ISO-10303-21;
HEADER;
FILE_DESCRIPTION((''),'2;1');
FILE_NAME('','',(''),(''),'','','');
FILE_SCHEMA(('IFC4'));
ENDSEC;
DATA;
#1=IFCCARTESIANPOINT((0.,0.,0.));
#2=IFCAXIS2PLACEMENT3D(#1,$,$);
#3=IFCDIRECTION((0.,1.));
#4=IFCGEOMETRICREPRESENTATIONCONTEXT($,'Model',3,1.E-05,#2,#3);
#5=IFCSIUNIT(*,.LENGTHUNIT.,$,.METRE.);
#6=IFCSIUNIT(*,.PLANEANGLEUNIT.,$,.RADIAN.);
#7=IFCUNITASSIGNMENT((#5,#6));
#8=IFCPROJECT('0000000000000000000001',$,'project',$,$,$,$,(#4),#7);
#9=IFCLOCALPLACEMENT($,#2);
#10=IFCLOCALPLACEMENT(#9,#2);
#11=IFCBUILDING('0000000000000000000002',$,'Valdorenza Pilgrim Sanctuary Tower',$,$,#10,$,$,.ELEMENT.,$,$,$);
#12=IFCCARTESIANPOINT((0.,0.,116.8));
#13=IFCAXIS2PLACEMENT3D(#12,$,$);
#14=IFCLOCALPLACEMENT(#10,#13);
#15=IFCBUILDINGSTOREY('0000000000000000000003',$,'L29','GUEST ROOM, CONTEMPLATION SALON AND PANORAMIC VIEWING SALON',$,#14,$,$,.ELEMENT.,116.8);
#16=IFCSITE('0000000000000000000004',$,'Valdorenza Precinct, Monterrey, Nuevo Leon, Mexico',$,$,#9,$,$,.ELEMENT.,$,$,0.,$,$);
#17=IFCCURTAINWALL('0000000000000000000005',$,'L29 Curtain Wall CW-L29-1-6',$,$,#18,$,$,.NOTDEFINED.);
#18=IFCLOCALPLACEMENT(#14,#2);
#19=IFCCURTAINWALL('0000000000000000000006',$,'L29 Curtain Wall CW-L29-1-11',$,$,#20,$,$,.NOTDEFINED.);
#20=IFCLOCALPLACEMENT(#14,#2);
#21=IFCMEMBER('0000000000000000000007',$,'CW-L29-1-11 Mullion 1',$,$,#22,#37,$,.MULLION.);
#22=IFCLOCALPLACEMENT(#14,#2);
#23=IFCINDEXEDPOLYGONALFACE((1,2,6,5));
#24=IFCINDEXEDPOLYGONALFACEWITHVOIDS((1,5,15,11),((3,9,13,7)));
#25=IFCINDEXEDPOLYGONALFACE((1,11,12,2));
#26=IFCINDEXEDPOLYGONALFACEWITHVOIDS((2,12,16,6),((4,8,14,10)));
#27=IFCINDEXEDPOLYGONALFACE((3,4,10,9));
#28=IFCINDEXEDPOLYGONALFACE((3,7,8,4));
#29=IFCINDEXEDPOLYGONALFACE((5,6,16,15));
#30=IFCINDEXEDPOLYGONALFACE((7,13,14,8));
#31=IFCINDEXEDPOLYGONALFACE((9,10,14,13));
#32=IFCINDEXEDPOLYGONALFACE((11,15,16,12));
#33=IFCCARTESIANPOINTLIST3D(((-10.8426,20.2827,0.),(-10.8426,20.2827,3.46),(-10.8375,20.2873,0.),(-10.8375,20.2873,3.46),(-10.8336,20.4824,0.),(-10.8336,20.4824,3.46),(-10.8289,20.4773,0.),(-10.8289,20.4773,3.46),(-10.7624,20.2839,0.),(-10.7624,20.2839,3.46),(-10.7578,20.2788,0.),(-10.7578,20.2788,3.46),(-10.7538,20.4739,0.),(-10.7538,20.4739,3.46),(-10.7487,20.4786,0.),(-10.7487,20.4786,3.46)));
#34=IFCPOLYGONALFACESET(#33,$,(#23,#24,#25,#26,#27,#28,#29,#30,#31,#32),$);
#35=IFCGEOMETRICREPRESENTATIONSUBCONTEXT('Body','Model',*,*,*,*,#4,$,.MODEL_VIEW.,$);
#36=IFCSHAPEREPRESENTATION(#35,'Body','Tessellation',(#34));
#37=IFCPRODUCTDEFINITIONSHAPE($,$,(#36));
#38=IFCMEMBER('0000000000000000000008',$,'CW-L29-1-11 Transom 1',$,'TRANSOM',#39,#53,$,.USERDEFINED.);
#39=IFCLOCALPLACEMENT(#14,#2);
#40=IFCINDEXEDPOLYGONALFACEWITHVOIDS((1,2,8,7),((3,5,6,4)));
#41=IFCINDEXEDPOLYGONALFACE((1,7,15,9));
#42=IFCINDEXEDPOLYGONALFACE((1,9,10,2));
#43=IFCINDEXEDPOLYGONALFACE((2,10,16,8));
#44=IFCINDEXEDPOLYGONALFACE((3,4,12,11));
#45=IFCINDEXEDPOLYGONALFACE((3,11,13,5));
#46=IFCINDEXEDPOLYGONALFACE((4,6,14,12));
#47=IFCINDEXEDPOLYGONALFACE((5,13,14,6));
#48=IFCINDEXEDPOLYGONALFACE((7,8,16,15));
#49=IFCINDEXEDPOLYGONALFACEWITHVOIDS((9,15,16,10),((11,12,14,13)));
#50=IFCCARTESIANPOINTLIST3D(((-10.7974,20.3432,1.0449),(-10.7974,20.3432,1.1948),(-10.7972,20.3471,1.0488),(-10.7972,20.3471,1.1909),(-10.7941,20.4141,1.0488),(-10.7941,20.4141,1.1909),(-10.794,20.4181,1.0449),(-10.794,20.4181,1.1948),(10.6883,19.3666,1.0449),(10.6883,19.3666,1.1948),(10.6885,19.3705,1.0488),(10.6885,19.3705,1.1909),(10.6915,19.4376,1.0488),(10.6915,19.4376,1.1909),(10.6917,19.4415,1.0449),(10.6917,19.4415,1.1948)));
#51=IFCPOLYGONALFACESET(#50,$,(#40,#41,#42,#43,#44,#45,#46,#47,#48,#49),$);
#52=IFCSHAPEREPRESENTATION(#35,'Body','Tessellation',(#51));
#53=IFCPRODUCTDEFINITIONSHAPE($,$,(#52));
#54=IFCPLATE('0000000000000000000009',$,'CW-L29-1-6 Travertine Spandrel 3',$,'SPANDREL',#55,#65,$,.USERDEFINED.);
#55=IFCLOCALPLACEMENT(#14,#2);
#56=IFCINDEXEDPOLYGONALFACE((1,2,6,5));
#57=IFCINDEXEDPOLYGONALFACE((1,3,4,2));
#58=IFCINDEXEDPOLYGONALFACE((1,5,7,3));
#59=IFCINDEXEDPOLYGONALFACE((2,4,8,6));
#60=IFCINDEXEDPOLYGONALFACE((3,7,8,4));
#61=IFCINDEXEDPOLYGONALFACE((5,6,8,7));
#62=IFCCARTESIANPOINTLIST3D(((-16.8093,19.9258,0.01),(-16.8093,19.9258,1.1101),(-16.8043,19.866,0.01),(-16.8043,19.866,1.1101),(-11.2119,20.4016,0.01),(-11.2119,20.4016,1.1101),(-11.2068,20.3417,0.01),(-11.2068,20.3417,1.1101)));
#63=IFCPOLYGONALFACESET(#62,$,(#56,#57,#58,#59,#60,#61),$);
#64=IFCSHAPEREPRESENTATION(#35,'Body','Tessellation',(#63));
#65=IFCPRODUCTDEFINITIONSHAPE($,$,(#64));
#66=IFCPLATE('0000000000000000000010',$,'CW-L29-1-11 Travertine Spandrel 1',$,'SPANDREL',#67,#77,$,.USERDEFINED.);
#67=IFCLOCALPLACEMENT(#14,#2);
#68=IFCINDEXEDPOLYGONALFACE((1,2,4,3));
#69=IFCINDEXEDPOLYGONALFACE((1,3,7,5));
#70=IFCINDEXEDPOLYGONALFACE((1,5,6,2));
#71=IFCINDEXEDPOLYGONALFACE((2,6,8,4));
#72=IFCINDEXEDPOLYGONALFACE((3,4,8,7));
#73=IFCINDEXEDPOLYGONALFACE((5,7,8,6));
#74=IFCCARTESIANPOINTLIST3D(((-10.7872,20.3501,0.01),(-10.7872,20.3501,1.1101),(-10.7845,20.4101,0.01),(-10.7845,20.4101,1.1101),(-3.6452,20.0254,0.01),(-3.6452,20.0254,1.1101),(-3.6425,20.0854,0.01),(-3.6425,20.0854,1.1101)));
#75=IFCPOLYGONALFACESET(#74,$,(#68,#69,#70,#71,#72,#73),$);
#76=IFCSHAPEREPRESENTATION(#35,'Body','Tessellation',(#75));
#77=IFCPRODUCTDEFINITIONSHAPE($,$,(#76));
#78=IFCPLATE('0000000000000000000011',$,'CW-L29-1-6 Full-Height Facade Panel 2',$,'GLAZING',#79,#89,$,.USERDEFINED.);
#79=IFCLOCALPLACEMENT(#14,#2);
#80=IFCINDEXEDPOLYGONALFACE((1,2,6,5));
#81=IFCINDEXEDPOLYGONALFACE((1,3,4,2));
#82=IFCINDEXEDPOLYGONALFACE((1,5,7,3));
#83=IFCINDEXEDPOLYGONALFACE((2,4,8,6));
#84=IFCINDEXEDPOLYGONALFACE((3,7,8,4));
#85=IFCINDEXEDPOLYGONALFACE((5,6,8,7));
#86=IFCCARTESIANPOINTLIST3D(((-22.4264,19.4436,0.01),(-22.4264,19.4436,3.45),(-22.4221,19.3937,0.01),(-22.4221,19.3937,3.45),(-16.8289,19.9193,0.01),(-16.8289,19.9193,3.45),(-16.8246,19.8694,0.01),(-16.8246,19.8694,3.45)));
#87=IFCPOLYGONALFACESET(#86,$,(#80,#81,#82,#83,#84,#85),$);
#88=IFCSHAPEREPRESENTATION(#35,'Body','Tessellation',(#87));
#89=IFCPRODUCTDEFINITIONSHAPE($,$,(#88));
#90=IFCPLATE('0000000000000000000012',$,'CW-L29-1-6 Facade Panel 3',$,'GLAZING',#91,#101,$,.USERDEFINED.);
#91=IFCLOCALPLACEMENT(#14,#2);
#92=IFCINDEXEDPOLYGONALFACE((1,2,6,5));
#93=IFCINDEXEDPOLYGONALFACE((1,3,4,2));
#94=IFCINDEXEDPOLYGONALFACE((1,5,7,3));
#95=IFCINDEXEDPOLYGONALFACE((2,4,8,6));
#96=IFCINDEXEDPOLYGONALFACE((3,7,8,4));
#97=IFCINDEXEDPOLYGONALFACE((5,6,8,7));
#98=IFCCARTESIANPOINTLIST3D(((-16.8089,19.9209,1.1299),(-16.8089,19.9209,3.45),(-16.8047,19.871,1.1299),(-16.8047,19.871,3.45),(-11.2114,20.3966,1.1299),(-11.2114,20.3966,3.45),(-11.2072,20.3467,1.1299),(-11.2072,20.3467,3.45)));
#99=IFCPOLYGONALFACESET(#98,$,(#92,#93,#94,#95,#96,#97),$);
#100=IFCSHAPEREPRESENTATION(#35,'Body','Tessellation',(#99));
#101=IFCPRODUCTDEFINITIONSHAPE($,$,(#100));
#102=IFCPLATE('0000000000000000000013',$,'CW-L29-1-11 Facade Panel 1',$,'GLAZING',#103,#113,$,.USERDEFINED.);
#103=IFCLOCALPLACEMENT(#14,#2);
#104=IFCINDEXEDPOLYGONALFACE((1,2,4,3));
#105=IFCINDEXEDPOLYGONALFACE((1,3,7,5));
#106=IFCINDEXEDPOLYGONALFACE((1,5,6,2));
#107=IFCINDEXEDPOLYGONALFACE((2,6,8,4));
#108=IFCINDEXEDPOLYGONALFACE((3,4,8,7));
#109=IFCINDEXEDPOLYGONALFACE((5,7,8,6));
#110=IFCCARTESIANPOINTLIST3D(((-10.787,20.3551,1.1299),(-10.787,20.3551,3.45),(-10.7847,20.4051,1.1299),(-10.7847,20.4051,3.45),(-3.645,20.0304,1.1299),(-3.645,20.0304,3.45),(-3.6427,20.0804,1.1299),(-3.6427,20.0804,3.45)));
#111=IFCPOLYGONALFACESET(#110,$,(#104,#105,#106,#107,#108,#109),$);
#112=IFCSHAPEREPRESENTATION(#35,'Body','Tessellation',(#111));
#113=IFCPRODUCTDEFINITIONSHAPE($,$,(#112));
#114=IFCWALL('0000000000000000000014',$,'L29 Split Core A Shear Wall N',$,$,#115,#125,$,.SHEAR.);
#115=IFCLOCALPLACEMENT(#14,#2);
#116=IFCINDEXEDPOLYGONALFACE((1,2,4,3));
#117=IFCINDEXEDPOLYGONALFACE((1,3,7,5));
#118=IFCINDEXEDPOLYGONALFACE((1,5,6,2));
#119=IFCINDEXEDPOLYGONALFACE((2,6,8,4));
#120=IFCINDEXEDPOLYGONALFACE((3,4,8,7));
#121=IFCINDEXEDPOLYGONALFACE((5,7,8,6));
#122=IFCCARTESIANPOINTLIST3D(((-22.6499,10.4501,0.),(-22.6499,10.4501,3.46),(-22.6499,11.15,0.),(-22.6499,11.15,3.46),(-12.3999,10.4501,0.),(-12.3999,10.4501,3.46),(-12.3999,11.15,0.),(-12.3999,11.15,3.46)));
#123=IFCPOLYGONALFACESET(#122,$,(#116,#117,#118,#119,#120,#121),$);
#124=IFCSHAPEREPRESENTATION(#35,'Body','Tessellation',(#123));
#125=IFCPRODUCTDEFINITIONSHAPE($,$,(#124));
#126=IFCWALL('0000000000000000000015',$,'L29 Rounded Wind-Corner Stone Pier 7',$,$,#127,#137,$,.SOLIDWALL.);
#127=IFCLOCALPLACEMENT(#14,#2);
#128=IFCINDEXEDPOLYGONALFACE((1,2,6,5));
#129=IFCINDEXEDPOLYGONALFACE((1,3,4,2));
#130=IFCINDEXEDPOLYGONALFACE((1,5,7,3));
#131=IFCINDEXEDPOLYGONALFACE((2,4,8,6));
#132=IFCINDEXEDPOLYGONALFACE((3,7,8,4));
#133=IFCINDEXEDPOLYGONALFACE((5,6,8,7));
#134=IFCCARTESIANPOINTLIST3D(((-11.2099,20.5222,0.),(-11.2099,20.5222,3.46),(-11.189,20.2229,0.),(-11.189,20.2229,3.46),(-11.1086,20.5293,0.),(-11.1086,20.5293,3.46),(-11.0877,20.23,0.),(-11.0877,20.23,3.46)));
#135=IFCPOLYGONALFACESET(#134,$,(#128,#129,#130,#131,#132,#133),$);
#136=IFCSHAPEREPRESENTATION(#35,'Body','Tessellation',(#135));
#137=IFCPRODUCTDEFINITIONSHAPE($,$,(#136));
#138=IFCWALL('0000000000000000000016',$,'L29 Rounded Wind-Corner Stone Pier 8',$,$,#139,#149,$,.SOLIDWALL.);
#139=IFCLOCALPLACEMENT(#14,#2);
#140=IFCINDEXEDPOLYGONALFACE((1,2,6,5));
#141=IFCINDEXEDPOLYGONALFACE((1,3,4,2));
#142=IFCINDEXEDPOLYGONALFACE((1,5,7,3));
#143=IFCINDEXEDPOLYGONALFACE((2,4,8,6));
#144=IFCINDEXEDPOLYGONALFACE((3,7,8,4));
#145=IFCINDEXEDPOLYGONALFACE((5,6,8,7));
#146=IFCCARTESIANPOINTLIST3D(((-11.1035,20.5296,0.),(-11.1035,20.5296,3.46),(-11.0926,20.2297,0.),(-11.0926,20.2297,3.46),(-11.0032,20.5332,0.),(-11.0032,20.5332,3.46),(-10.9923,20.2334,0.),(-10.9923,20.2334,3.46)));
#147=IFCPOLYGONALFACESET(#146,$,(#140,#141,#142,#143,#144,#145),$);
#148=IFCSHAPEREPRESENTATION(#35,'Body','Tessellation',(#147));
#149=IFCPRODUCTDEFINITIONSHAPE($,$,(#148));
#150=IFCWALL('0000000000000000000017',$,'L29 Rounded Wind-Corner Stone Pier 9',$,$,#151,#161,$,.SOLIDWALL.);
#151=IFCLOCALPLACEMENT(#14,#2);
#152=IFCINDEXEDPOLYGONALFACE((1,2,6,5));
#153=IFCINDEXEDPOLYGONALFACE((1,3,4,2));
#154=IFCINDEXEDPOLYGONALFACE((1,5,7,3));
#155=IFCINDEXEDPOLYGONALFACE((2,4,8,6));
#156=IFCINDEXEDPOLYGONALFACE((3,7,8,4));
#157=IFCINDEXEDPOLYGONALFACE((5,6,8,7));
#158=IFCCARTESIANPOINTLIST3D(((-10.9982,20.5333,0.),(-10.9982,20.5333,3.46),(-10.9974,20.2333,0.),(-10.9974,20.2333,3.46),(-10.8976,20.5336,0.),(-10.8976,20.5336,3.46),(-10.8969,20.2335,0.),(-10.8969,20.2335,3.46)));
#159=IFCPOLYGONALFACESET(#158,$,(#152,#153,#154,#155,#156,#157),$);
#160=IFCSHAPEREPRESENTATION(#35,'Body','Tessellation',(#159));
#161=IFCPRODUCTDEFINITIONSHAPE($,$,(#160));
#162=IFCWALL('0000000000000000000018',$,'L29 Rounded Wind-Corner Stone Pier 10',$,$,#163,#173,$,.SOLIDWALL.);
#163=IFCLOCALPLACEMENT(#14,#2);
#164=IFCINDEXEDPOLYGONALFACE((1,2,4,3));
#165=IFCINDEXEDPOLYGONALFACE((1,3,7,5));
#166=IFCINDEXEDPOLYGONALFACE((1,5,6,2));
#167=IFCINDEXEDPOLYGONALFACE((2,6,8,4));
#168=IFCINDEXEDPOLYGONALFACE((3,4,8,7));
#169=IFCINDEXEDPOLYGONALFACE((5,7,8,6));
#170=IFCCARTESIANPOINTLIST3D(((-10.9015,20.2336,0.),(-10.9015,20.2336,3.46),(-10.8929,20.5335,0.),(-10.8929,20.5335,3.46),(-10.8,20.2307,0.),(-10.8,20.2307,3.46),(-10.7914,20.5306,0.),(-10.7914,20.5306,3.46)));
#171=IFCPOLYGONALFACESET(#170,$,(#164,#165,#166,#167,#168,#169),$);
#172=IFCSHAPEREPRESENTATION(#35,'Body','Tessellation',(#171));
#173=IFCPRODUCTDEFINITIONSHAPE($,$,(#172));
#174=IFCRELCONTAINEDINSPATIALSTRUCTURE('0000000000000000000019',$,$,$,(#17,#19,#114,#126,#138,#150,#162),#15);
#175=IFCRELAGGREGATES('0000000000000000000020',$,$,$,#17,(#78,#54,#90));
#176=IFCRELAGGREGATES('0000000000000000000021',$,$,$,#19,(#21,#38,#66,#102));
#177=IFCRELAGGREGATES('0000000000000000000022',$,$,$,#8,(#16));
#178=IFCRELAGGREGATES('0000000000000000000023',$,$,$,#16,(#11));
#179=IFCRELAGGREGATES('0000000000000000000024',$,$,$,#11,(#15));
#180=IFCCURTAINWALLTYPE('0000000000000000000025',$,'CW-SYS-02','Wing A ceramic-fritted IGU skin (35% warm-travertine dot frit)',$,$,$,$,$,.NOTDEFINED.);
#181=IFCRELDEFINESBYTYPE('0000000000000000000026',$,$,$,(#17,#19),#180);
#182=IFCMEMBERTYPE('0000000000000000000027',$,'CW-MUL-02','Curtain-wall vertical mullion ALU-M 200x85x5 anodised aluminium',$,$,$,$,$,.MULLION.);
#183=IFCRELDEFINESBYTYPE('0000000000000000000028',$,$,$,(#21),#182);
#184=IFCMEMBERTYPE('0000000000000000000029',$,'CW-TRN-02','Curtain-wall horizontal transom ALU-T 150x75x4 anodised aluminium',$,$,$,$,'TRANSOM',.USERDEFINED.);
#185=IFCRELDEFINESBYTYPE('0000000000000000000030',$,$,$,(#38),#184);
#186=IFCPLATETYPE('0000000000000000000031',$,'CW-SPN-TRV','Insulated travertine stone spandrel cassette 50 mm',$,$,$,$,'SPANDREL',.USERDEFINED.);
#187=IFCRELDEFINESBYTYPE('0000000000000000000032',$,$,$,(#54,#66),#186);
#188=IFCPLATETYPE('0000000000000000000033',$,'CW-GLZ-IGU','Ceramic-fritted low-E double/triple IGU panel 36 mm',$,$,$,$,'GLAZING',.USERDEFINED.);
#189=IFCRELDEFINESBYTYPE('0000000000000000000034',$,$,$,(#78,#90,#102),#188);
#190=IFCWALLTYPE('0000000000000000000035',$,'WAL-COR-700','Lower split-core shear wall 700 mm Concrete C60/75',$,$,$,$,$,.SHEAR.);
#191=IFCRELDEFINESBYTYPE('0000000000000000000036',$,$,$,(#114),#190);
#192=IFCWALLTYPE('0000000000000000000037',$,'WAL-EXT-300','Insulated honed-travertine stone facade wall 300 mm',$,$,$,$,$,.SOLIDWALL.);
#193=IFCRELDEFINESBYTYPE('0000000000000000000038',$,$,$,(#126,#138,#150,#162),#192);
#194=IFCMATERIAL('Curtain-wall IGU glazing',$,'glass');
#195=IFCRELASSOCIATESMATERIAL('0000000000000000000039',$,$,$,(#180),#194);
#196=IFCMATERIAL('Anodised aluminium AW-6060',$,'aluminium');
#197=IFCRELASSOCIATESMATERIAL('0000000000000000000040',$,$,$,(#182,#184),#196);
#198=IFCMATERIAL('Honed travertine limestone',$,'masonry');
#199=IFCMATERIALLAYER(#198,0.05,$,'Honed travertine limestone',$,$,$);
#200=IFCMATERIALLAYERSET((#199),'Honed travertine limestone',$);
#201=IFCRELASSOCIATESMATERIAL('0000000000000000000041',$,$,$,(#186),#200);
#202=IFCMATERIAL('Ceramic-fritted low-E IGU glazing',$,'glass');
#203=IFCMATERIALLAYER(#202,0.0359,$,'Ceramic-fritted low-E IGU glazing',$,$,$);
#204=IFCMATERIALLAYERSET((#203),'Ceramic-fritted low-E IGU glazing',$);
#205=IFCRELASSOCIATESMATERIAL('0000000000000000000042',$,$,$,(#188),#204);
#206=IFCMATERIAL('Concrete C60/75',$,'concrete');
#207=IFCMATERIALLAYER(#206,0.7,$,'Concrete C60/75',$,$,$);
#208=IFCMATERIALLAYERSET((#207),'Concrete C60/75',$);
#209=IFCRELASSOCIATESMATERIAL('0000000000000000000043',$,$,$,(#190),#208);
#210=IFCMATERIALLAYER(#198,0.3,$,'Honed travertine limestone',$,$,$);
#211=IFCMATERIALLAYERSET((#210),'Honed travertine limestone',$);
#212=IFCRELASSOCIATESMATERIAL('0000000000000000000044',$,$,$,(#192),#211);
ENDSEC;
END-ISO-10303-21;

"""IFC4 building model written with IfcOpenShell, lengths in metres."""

from ifc_helpers import new_model, si_unit, direction, frame, frame_2d, origin, origin_2d, place, context, subcontext, project, spatial, rectangle, hollow_rectangle, extrude, source, transform, mapped, material, layer, layer_set, material_profile, profile_set, type_object, element, aggregate, save


model = new_model("IFC4")

# Units and contexts
model_context = context("Model", 3, precision=1e-05, world=origin(), true_north=direction((0.0, 1.0)))
body_context = subcontext(model_context, "Body", "Model", "MODEL_VIEW")
ifc_project = project(units=[si_unit("LENGTHUNIT", "METRE"), si_unit("PLANEANGLEUNIT", "RADIAN")], contexts=[model_context])

# Site, building, storey
site_placement = place(None, origin())
site = spatial("IfcSite", under=ifc_project, at=site_placement, Name="Valdorenza Precinct, Monterrey, Nuevo Leon, Mexico", CompositionType="ELEMENT", RefElevation=0.0)
building_placement = place(site_placement, origin())
building = spatial("IfcBuilding", under=site, at=building_placement, Name="Valdorenza Pilgrim Sanctuary Tower", CompositionType="ELEMENT")
storey_placement = place(building_placement, frame((0.0, 0.0, 116.8)))
storey = spatial("IfcBuildingStorey", under=building, at=storey_placement, Name="L29", Description="GUEST ROOM, CONTEMPLATION SALON AND PANORAMIC VIEWING SALON", CompositionType="ELEMENT", Elevation=116.8)

# Shared definitions
ifc_material_1 = material(Name="Concrete C60/75", Category="concrete")

# Curtain walls, members
ifc_material_2 = material(Name="Curtain-wall IGU glazing", Category="glass")
curtain_wall_type = type_object("IfcCurtainWallType", Name="CW-SYS-02", Description="Wing A ceramic-fritted IGU skin (35% warm-travertine dot frit)", PredefinedType="NOTDEFINED", material=ifc_material_2)
curtain_wall_1_placement = place(storey_placement, origin())
curtain_wall_1 = element("IfcCurtainWall", 1, at=curtain_wall_1_placement, inside=storey, type_object=curtain_wall_type, Name="L29 Curtain Wall CW-L29-1-6", PredefinedType="NOTDEFINED")
ifc_material_3 = material(Name="Anodised aluminium AW-6060", Category="aluminium")
ifc_material_profile_1 = material_profile(ifc_material_3, hollow_rectangle(XDim=0.085, YDim=0.2, WallThickness=0.0049, at=origin_2d()), Name="ALU-M 200x85x5")
ifc_profile_set_1 = profile_set([ifc_material_profile_1], Name="Anodised aluminium AW-6060")
member_type_1 = type_object("IfcMemberType", Name="CW-MUL-02", Description="Curtain-wall vertical mullion ALU-M 200x85x5 anodised aluminium", PredefinedType="MULLION", material=ifc_profile_set_1)
shared_shape_1 = source(origin(), body_context, "Body", "SweptSolid", [
    extrude(hollow_rectangle(XDim=0.085, YDim=0.2, WallThickness=0.0049, at=origin_2d()), origin(), (0.0, 0.0, 1.0), 3.46),
])
curtain_wall_2_placement = place(storey_placement, origin())
curtain_wall_2 = element("IfcCurtainWall", 2, at=curtain_wall_2_placement, inside=storey, type_object=curtain_wall_type, Name="L29 Curtain Wall CW-L29-1-11", PredefinedType="NOTDEFINED")
member_1_placement = place(storey_placement, frame((-10.7957, 20.3806, 0.0), z_axis=(0.0, 0.0, 1.0), x_axis=(0.998968, -0.045415, 0.0)))
member_1 = element("IfcMember", 3, at=member_1_placement, type_object=member_type_1, Name="CW-L29-1-11 Mullion 1", PredefinedType="MULLION", context=body_context, shape_type="MappedRepresentation", body=[
    mapped(shared_shape_1, transform((0.0, 0.0, 0.0), x_axis=(1.0, 0.0, 0.0), y_axis=(0.0, 1.0, 0.0), z_axis=(0.0, 0.0, 1.0), scale=1.0)),
])
ifc_material_profile_2 = material_profile(ifc_material_3, hollow_rectangle(XDim=0.075, YDim=0.1499, WallThickness=0.0039, at=origin_2d()), Name="ALU-T 150x75x4")
ifc_profile_set_2 = profile_set([ifc_material_profile_2], Name="Anodised aluminium AW-6060")
member_type_2 = type_object("IfcMemberType", Name="CW-TRN-02", Description="Curtain-wall horizontal transom ALU-T 150x75x4 anodised aluminium", ElementType="TRANSOM", PredefinedType="USERDEFINED", material=ifc_profile_set_2)
shared_shape_2 = source(origin(), body_context, "Body", "SweptSolid", [
    extrude(hollow_rectangle(XDim=0.075, YDim=0.1499, WallThickness=0.0039, at=origin_2d()), origin(), (0.0, 0.0, 1.0), 21.5078),
])
member_2_placement = place(storey_placement, frame((-10.7957, 20.3806, 1.1199), z_axis=(0.998969, -0.045405, 0.0), x_axis=(0.045405, 0.998969, 0.0)))
member_2 = element("IfcMember", 4, at=member_2_placement, type_object=member_type_2, Name="CW-L29-1-11 Transom 1", ObjectType="TRANSOM", PredefinedType="USERDEFINED", context=body_context, shape_type="MappedRepresentation", body=[
    mapped(shared_shape_2, transform((0.0, 0.0, 0.0), x_axis=(1.0, 0.0, 0.0), y_axis=(0.0, 1.0, 0.0), z_axis=(0.0, 0.0, 1.0), scale=1.0)),
])

# Plates
ifc_material_4 = material(Name="Honed travertine limestone", Category="masonry")
ifc_layer_1 = layer(ifc_material_4, 0.05, Name="Honed travertine limestone")
ifc_layer_set_1 = layer_set([ifc_layer_1], Name="Honed travertine limestone")
plate_type_1 = type_object("IfcPlateType", Name="CW-SPN-TRV", Description="Insulated travertine stone spandrel cassette 50 mm", ElementType="SPANDREL", PredefinedType="USERDEFINED", material=ifc_layer_set_1)
shared_shape_3 = source(origin(), body_context, "Body", "SweptSolid", [
    extrude(rectangle(XDim=5.6177, YDim=0.0601, at=origin_2d()), origin(), (0.0, 0.0, 1.0), 1.1001),
])
plate_1_placement = place(storey_placement, frame((-14.0081, 20.1338, 0.01), z_axis=(0.0, 0.0, 1.0), x_axis=(0.996408, 0.084687, 0.0)))
plate_1 = element("IfcPlate", 5, at=plate_1_placement, type_object=plate_type_1, Name="CW-L29-1-6 Travertine Spandrel 3", ObjectType="SPANDREL", PredefinedType="USERDEFINED", context=body_context, shape_type="MappedRepresentation", body=[
    mapped(shared_shape_3, transform((0.0, 0.0, 0.0), x_axis=(1.0, 0.0, 0.0), y_axis=(0.0, 1.0, 0.0), z_axis=(0.0, 0.0, 1.0), scale=1.0)),
])
shared_shape_4 = source(origin(), body_context, "Body", "SweptSolid", [
    extrude(rectangle(XDim=7.1494, YDim=0.0601, at=origin_2d()), origin(), (0.0, 0.0, 1.0), 1.1001),
])
plate_2_placement = place(storey_placement, frame((-7.2148, 20.2178, 0.01), z_axis=(0.0, 0.0, 1.0), x_axis=(0.998968, -0.045415, 0.0)))
plate_2 = element("IfcPlate", 6, at=plate_2_placement, type_object=plate_type_1, Name="CW-L29-1-11 Travertine Spandrel 1", ObjectType="SPANDREL", PredefinedType="USERDEFINED", context=body_context, shape_type="MappedRepresentation", body=[
    mapped(shared_shape_4, transform((0.0, 0.0, 0.0), x_axis=(1.0, 0.0, 0.0), y_axis=(0.0, 1.0, 0.0), z_axis=(0.0, 0.0, 1.0), scale=1.0)),
])
ifc_material_5 = material(Name="Ceramic-fritted low-E IGU glazing", Category="glass")
ifc_layer_2 = layer(ifc_material_5, 0.0359, Name="Ceramic-fritted low-E IGU glazing")
ifc_layer_set_2 = layer_set([ifc_layer_2], Name="Ceramic-fritted low-E IGU glazing")
plate_type_2 = type_object("IfcPlateType", Name="CW-GLZ-IGU", Description="Ceramic-fritted low-E double/triple IGU panel 36 mm", ElementType="GLAZING", PredefinedType="USERDEFINED", material=ifc_layer_set_2)
shared_shape_5 = source(origin(), body_context, "Body", "SweptSolid", [
    extrude(rectangle(XDim=5.6177, YDim=0.05, at=origin_2d()), origin(), (0.0, 0.0, 1.0), 3.4399),
])
plate_3_placement = place(storey_placement, frame((-19.6255, 19.6565, 0.01), z_axis=(0.0, 0.0, 1.0), x_axis=(0.996408, 0.084687, 0.0)))
plate_3 = element("IfcPlate", 7, at=plate_3_placement, type_object=plate_type_2, Name="CW-L29-1-6 Full-Height Facade Panel 2", ObjectType="GLAZING", PredefinedType="USERDEFINED", context=body_context, shape_type="MappedRepresentation", body=[
    mapped(shared_shape_5, transform((0.0, 0.0, 0.0), x_axis=(1.0, 0.0, 0.0), y_axis=(0.0, 1.0, 0.0), z_axis=(0.0, 0.0, 1.0), scale=1.0)),
])
shared_shape_6 = source(origin(), body_context, "Body", "SweptSolid", [
    extrude(rectangle(XDim=5.6177, YDim=0.05, at=origin_2d()), origin(), (0.0, 0.0, 1.0), 2.3201),
])
plate_4_placement = place(storey_placement, frame((-14.0081, 20.1338, 1.1299), z_axis=(0.0, 0.0, 1.0), x_axis=(0.996408, 0.084687, 0.0)))
plate_4 = element("IfcPlate", 8, at=plate_4_placement, type_object=plate_type_2, Name="CW-L29-1-6 Facade Panel 3", ObjectType="GLAZING", PredefinedType="USERDEFINED", context=body_context, shape_type="MappedRepresentation", body=[
    mapped(shared_shape_6, transform((0.0, 0.0, 0.0), x_axis=(1.0, 0.0, 0.0), y_axis=(0.0, 1.0, 0.0), z_axis=(0.0, 0.0, 1.0), scale=1.0)),
])
aggregate(curtain_wall_1, [plate_3, plate_1, plate_4])
shared_shape_7 = source(origin(), body_context, "Body", "SweptSolid", [
    extrude(rectangle(XDim=7.1494, YDim=0.05, at=origin_2d()), origin(), (0.0, 0.0, 1.0), 2.3201),
])
plate_5_placement = place(storey_placement, frame((-7.2148, 20.2178, 1.1299), z_axis=(0.0, 0.0, 1.0), x_axis=(0.998968, -0.045415, 0.0)))
plate_5 = element("IfcPlate", 9, at=plate_5_placement, type_object=plate_type_2, Name="CW-L29-1-11 Facade Panel 1", ObjectType="GLAZING", PredefinedType="USERDEFINED", context=body_context, shape_type="MappedRepresentation", body=[
    mapped(shared_shape_7, transform((0.0, 0.0, 0.0), x_axis=(1.0, 0.0, 0.0), y_axis=(0.0, 1.0, 0.0), z_axis=(0.0, 0.0, 1.0), scale=1.0)),
])
aggregate(curtain_wall_2, [member_1, member_2, plate_2, plate_5])

# Walls
ifc_layer_3 = layer(ifc_material_1, 0.7, Name="Concrete C60/75")
ifc_layer_set_3 = layer_set([ifc_layer_3], Name="Concrete C60/75")
wall_type_1 = type_object("IfcWallType", Name="WAL-COR-700", Description="Lower split-core shear wall 700 mm Concrete C60/75", PredefinedType="SHEAR", material=ifc_layer_set_3)
wall_1_placement = place(storey_placement, frame((-22.6499, 10.8, 0.0), z_axis=(0.0, 0.0, 1.0), x_axis=(1.0, 0.0, 0.0)))
element("IfcWall", 10, at=wall_1_placement, inside=storey, type_object=wall_type_1, Name="L29 Split Core A Shear Wall N", PredefinedType="SHEAR", context=body_context, shape_type="SweptSolid", body=[
    extrude(rectangle(XDim=10.25, YDim=0.7, at=frame_2d((5.125, 0.0))), origin(), (0.0, 0.0, 1.0), 3.46),
])
ifc_layer_4 = layer(ifc_material_4, 0.3, Name="Honed travertine limestone")
ifc_layer_set_4 = layer_set([ifc_layer_4], Name="Honed travertine limestone")
wall_type_2 = type_object("IfcWallType", Name="WAL-EXT-300", Description="Insulated honed-travertine stone facade wall 300 mm", PredefinedType="SOLIDWALL", material=ifc_layer_set_4)
wall_2_placement = place(storey_placement, frame((-11.1995, 20.3726, 0.0), z_axis=(0.0, 0.0, 1.0), x_axis=(0.997567, 0.06971, 0.0)))
element("IfcWall", 11, at=wall_2_placement, inside=storey, type_object=wall_type_2, Name="L29 Rounded Wind-Corner Stone Pier 7", PredefinedType="SOLIDWALL", context=body_context, shape_type="SweptSolid", body=[
    extrude(rectangle(XDim=0.1016, YDim=0.3, at=frame_2d((0.0508, 0.0))), origin(), (0.0, 0.0, 1.0), 3.46),
])
wall_3_placement = place(storey_placement, frame((-11.0981, 20.3796, 0.0), z_axis=(0.0, 0.0, 1.0), x_axis=(0.999335, 0.036472, 0.0)))
element("IfcWall", 12, at=wall_3_placement, inside=storey, type_object=wall_type_2, Name="L29 Rounded Wind-Corner Stone Pier 8", PredefinedType="SOLIDWALL", context=body_context, shape_type="SweptSolid", body=[
    extrude(rectangle(XDim=0.1003, YDim=0.3, at=frame_2d((0.0503, 0.0))), origin(), (0.0, 0.0, 1.0), 3.46),
])
wall_4_placement = place(storey_placement, frame((-10.9978, 20.3833, 0.0), z_axis=(0.0, 0.0, 1.0), x_axis=(0.999997, 0.002427, 0.0)))
element("IfcWall", 13, at=wall_4_placement, inside=storey, type_object=wall_type_2, Name="L29 Rounded Wind-Corner Stone Pier 9", PredefinedType="SOLIDWALL", context=body_context, shape_type="SweptSolid", body=[
    extrude(rectangle(XDim=0.1006, YDim=0.3, at=frame_2d((0.0503, 0.0))), origin(), (0.0, 0.0, 1.0), 3.46),
])
wall_5_placement = place(storey_placement, frame((-10.8972, 20.3835, 0.0), z_axis=(0.0, 0.0, 1.0), x_axis=(0.999584, -0.028834, 0.0)))
element("IfcWall", 14, at=wall_5_placement, inside=storey, type_object=wall_type_2, Name="L29 Rounded Wind-Corner Stone Pier 10", PredefinedType="SOLIDWALL", context=body_context, shape_type="SweptSolid", body=[
    extrude(rectangle(XDim=0.1016, YDim=0.3, at=frame_2d((0.0508, 0.0))), origin(), (0.0, 0.0, 1.0), 3.46),
])

save(model, "model.ifc")
